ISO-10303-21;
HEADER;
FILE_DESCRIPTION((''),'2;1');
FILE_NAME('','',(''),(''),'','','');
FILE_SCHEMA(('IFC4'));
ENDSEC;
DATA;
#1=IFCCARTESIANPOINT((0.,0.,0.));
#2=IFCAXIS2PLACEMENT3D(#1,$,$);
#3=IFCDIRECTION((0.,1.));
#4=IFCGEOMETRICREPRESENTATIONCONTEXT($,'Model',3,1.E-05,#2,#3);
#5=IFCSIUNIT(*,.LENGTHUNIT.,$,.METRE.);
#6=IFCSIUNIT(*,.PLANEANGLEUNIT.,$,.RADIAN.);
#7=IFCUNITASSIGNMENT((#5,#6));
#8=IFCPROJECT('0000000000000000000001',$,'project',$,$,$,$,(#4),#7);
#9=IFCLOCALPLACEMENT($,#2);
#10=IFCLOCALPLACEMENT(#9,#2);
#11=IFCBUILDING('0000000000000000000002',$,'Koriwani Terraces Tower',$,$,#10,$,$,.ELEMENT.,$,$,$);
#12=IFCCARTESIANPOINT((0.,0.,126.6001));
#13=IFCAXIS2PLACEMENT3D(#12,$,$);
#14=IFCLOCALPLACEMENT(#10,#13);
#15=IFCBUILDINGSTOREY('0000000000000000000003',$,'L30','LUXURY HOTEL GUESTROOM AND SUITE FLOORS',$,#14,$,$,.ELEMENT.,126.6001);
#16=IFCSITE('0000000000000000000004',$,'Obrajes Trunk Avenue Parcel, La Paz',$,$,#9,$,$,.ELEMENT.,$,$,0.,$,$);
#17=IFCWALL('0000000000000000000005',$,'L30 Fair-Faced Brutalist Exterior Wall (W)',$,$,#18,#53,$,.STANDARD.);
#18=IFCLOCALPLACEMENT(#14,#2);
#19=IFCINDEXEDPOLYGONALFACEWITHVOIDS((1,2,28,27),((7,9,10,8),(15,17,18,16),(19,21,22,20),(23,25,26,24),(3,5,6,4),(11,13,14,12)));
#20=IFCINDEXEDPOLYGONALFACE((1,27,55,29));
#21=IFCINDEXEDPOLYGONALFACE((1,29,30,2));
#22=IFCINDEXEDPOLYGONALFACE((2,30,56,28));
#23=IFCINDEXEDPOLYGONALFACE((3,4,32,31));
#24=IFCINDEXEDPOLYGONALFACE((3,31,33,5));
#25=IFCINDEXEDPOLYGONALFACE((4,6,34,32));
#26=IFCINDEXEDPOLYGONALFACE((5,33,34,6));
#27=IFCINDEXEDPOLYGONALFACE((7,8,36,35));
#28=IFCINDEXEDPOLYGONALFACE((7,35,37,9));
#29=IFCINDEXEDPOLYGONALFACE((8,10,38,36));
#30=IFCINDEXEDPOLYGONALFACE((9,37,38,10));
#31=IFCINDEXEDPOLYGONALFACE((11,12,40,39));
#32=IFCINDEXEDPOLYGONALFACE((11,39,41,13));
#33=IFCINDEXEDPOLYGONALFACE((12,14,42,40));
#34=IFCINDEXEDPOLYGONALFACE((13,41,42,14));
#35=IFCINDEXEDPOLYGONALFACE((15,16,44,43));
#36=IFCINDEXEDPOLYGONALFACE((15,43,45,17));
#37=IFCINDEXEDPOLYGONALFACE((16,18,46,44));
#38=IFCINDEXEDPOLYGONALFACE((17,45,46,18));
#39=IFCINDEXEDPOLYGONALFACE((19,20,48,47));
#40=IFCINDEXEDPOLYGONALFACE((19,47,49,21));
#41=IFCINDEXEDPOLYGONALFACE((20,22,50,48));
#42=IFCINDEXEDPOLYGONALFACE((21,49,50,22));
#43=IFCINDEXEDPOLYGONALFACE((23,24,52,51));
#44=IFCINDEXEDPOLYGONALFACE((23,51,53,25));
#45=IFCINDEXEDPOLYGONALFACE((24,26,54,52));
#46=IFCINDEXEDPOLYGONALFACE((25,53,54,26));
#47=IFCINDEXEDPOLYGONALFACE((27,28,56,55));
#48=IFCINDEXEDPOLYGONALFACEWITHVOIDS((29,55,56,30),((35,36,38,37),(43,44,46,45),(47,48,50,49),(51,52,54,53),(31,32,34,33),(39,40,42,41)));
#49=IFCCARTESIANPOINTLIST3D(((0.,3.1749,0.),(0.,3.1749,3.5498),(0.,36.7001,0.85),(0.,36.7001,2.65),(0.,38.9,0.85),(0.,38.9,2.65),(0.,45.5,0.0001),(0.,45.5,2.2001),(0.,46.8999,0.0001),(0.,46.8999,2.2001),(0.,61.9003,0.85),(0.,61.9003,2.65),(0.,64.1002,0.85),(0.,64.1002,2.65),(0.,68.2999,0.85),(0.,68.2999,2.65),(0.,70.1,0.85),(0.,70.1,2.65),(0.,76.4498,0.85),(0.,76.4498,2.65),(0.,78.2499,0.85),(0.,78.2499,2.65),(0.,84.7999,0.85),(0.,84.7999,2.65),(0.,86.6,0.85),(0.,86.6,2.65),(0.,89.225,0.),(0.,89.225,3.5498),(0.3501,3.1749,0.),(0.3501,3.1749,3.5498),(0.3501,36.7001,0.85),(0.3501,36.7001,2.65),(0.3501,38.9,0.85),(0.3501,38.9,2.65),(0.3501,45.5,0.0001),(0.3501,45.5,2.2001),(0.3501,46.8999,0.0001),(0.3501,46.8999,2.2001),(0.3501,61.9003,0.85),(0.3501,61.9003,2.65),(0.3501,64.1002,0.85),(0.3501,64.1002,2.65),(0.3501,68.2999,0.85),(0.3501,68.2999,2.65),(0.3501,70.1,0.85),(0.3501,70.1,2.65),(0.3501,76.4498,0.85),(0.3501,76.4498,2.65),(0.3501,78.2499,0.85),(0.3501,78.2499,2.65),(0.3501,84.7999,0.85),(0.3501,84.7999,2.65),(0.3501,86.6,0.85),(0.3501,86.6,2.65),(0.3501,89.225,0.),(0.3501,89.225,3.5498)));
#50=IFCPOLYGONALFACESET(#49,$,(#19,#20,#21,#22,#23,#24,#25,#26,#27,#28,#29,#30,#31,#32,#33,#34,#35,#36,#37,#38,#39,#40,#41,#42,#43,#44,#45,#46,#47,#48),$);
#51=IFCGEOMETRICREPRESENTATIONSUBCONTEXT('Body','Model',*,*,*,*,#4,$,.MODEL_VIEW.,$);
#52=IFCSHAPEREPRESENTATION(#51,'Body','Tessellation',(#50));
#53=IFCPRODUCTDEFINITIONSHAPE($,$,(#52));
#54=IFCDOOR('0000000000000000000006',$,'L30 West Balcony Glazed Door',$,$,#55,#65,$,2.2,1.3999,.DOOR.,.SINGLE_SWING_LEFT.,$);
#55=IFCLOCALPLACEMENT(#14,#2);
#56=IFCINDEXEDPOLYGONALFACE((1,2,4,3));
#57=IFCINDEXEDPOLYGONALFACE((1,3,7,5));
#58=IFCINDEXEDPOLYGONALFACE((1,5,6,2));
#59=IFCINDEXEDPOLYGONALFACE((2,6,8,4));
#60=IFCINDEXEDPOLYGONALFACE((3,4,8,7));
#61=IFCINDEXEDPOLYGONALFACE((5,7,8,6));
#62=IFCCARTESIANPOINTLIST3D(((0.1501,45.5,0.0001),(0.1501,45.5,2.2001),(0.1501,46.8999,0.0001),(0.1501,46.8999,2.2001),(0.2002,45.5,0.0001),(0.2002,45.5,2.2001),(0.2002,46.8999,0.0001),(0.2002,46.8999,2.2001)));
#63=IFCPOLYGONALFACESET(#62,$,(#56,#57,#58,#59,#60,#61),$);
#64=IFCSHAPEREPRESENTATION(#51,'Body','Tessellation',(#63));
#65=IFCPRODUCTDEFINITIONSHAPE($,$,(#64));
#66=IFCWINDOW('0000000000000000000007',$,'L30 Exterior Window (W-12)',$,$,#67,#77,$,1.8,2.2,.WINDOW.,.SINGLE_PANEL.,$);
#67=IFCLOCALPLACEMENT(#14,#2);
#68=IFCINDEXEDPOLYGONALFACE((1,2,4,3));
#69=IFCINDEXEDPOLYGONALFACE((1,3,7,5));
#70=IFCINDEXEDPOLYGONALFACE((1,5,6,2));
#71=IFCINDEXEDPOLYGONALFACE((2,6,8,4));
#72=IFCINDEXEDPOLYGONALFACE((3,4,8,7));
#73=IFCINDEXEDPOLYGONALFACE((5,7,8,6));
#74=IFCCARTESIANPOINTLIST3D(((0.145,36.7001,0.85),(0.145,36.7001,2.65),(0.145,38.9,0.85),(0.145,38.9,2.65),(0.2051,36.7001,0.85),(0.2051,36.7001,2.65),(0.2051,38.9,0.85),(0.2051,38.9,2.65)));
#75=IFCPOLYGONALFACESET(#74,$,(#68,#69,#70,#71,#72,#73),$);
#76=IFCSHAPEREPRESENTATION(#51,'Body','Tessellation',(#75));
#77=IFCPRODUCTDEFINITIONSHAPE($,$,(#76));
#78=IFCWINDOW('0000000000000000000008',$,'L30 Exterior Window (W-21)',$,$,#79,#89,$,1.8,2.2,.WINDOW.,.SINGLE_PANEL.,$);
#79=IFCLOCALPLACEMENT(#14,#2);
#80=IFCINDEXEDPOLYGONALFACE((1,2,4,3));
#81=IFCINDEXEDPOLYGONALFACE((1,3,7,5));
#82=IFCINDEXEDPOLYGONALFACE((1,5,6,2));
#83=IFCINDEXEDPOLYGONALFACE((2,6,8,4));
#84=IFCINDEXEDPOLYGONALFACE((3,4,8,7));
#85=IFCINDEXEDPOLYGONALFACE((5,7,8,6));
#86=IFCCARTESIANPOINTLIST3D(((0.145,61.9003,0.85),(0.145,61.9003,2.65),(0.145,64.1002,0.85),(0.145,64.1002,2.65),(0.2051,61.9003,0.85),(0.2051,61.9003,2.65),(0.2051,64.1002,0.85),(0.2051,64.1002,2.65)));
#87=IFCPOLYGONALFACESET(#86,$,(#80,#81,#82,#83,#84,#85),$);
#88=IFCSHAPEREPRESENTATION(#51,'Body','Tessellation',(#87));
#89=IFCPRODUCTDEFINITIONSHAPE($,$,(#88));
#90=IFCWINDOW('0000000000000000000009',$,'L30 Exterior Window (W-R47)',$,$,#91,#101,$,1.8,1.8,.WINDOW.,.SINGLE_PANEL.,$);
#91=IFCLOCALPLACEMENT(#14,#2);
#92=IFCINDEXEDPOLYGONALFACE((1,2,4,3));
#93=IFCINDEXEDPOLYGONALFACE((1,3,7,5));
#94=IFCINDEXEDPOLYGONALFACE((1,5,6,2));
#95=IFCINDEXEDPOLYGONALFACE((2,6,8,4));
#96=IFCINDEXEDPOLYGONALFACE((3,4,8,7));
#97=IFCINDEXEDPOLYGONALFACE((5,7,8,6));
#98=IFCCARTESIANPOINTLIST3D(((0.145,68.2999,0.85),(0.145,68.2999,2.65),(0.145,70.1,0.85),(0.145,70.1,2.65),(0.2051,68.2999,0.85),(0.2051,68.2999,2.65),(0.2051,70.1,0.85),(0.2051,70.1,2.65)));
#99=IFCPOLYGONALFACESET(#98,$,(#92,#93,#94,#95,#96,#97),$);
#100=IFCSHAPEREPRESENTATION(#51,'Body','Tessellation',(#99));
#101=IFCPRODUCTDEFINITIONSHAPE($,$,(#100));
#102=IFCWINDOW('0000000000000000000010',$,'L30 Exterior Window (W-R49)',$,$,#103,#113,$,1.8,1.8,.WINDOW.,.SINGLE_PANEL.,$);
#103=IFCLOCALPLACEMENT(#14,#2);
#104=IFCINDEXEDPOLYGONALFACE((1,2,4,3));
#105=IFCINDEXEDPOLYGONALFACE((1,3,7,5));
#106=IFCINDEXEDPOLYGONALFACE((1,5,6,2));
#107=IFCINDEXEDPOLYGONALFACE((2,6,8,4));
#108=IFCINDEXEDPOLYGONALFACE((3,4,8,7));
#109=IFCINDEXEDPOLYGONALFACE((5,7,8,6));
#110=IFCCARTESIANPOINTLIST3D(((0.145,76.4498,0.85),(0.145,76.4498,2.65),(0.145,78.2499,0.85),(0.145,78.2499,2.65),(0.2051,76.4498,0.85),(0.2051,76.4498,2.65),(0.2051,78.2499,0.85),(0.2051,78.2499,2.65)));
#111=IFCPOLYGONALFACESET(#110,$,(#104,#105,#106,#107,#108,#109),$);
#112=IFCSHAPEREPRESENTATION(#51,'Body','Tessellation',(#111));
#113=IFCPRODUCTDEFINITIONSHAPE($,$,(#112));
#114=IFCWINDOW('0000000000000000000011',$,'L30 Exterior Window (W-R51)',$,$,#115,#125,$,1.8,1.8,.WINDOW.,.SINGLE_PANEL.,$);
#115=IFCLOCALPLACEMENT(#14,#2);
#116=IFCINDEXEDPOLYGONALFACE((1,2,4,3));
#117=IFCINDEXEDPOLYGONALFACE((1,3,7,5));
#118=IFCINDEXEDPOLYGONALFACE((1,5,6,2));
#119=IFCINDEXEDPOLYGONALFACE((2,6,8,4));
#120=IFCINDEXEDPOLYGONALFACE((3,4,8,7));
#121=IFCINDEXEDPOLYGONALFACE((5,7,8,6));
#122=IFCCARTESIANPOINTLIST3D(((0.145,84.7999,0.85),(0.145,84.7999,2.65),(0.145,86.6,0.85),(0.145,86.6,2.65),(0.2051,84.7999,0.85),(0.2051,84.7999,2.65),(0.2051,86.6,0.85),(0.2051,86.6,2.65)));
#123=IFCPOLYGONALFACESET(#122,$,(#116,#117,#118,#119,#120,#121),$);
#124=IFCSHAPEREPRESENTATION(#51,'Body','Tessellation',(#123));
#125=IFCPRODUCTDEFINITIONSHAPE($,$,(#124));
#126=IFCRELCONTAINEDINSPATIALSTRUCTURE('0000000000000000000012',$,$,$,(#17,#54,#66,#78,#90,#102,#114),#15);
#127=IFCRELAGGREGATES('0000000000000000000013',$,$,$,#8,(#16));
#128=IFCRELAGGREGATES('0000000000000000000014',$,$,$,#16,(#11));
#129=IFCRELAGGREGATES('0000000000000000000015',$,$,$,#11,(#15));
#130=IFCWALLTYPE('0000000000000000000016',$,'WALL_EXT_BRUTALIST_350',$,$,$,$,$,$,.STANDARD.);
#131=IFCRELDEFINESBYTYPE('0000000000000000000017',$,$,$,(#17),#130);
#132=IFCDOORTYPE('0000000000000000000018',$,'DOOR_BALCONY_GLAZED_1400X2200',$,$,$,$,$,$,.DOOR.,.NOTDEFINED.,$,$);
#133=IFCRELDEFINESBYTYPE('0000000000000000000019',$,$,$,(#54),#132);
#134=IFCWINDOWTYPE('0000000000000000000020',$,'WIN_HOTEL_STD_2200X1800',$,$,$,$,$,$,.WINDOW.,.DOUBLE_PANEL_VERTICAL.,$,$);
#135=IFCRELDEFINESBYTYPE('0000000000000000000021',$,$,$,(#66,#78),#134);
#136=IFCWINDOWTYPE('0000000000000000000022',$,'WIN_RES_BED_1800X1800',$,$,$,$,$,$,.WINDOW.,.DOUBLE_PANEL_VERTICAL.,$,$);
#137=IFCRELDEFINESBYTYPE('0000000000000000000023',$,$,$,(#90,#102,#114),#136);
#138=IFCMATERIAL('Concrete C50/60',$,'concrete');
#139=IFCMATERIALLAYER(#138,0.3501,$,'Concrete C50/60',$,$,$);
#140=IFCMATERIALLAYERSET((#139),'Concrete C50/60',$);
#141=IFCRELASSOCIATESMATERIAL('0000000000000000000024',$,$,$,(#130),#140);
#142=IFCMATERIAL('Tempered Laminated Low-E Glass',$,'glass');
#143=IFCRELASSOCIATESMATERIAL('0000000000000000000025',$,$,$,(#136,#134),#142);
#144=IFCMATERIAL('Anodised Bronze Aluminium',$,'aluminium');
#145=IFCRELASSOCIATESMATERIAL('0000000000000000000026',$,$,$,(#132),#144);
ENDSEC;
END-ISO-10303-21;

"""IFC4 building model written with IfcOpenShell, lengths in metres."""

from ifc_helpers import new_model, si_unit, direction, frame, frame_2d, origin, place, context, subcontext, project, spatial, rectangle, extrude, material, layer, layer_set, type_object, element, fill, save


model = new_model("IFC4")

# Units and contexts
model_context = context("Model", 3, precision=1e-05, world=origin(), true_north=direction((0.0, 1.0)))
body_context = subcontext(model_context, "Body", "Model", "MODEL_VIEW")
ifc_project = project(units=[si_unit("LENGTHUNIT", "METRE"), si_unit("PLANEANGLEUNIT", "RADIAN")], contexts=[model_context])

# Site, building, storey
site_placement = place(None, origin())
site = spatial("IfcSite", under=ifc_project, at=site_placement, Name="Obrajes Trunk Avenue Parcel, La Paz", CompositionType="ELEMENT", RefElevation=0.0)
building_placement = place(site_placement, origin())
building = spatial("IfcBuilding", under=site, at=building_placement, Name="Koriwani Terraces Tower", CompositionType="ELEMENT")
storey_placement = place(building_placement, frame((0.0, 0.0, 126.6001)))
storey = spatial("IfcBuildingStorey", under=building, at=storey_placement, Name="L30", Description="LUXURY HOTEL GUESTROOM AND SUITE FLOORS", CompositionType="ELEMENT", Elevation=126.6001)

# Shared definitions
ifc_material_1 = material(Name="Concrete C50/60", Category="concrete")

# Shared definitions
ifc_layer_1 = layer(ifc_material_1, 0.3501, Name="Concrete C50/60")
ifc_layer_set_1 = layer_set([ifc_layer_1], Name="Concrete C50/60")
wall_type = type_object("IfcWallType", Name="WALL_EXT_BRUTALIST_350", PredefinedType="STANDARD", material=ifc_layer_set_1)
ifc_material_2 = material(Name="Tempered Laminated Low-E Glass", Category="glass")
window_type_1 = type_object("IfcWindowType", Name="WIN_RES_BED_1800X1800", PartitioningType="DOUBLE_PANEL_VERTICAL", PredefinedType="WINDOW", material=ifc_material_2)

# Wall, openings, door, windows
wall_1_placement = place(storey_placement, frame((0.175, 3.175, 0.0), z_axis=(0.0, 0.0, 1.0), x_axis=(0.0, 1.0, 0.0)))
wall_1 = element("IfcWall", 1, at=wall_1_placement, inside=storey, type_object=wall_type, Name="L30 Fair-Faced Brutalist Exterior Wall (W)", PredefinedType="STANDARD", context=body_context, shape_type="SweptSolid", body=[
    extrude(rectangle(XDim=86.05, YDim=0.3501, at=frame_2d((43.0249, 0.0))), origin(), (0.0, 0.0, 1.0), 3.5498),
])
opening_1_placement = place(wall_1_placement, frame((42.325, 0.0, 0.0)))
opening_1 = element("IfcOpeningElement", 2, at=opening_1_placement, cuts=wall_1, PredefinedType="OPENING", context=body_context, shape_type="SweptSolid", body=[
    extrude(rectangle(XDim=1.3999, YDim=2.2, at=frame_2d((0.7, 1.1001))), frame((0.0, 0.1851, 0.0), z_axis=(0.0, -1.0, 0.0), x_axis=(1.0, 0.0, 0.0)), (0.0, 0.0, 1.0), 0.3701),
])
opening_2_placement = place(wall_1_placement, frame((33.5249, 0.0, 0.8501)))
opening_2 = element("IfcOpeningElement", 3, at=opening_2_placement, cuts=wall_1, PredefinedType="OPENING", context=body_context, shape_type="SweptSolid", body=[
    extrude(rectangle(XDim=2.2, YDim=1.8, at=frame_2d((1.1001, 0.8999))), frame((0.0, 0.1851, 0.0), z_axis=(0.0, -1.0, 0.0), x_axis=(1.0, 0.0, 0.0)), (0.0, 0.0, 1.0), 0.3701),
])
opening_3_placement = place(wall_1_placement, frame((58.7251, 0.0, 0.8501)))
opening_3 = element("IfcOpeningElement", 4, at=opening_3_placement, cuts=wall_1, PredefinedType="OPENING", context=body_context, shape_type="SweptSolid", body=[
    extrude(rectangle(XDim=2.2, YDim=1.8, at=frame_2d((1.1001, 0.8999))), frame((0.0, 0.1851, 0.0), z_axis=(0.0, -1.0, 0.0), x_axis=(1.0, 0.0, 0.0)), (0.0, 0.0, 1.0), 0.3701),
])
opening_4_placement = place(wall_1_placement, frame((65.125, 0.0, 0.8501)))
opening_4 = element("IfcOpeningElement", 5, at=opening_4_placement, cuts=wall_1, PredefinedType="OPENING", context=body_context, shape_type="SweptSolid", body=[
    extrude(rectangle(XDim=1.8, YDim=1.8, at=frame_2d((0.8999, 0.8999))), frame((0.0, 0.1851, 0.0), z_axis=(0.0, -1.0, 0.0), x_axis=(1.0, 0.0, 0.0)), (0.0, 0.0, 1.0), 0.3701),
])
opening_5_placement = place(wall_1_placement, frame((73.2749, 0.0, 0.8501)))
opening_5 = element("IfcOpeningElement", 6, at=opening_5_placement, cuts=wall_1, PredefinedType="OPENING", context=body_context, shape_type="SweptSolid", body=[
    extrude(rectangle(XDim=1.8, YDim=1.8, at=frame_2d((0.8999, 0.8999))), frame((0.0, 0.1851, 0.0), z_axis=(0.0, -1.0, 0.0), x_axis=(1.0, 0.0, 0.0)), (0.0, 0.0, 1.0), 0.3701),
])
opening_6_placement = place(wall_1_placement, frame((81.625, 0.0, 0.8501)))
opening_6 = element("IfcOpeningElement", 7, at=opening_6_placement, cuts=wall_1, PredefinedType="OPENING", context=body_context, shape_type="SweptSolid", body=[
    extrude(rectangle(XDim=1.8, YDim=1.8, at=frame_2d((0.8999, 0.8999))), frame((0.0, 0.1851, 0.0), z_axis=(0.0, -1.0, 0.0), x_axis=(1.0, 0.0, 0.0)), (0.0, 0.0, 1.0), 0.3701),
])
ifc_material_3 = material(Name="Anodised Bronze Aluminium", Category="aluminium")
door_type = type_object("IfcDoorType", Name="DOOR_BALCONY_GLAZED_1400X2200", OperationType="NOTDEFINED", PredefinedType="DOOR", material=ifc_material_3)
door_placement = place(opening_1_placement, origin())
door = element("IfcDoor", 8, at=door_placement, inside=storey, type_object=door_type, Name="L30 West Balcony Glazed Door", OperationType="SINGLE_SWING_LEFT", OverallHeight=2.2, OverallWidth=1.3999, PredefinedType="DOOR", context=body_context, shape_type="SweptSolid", body=[
    extrude(rectangle(XDim=1.3999, YDim=2.2, at=frame_2d((0.7, 1.1001))), frame((0.0, 0.0249, 0.0), z_axis=(0.0, -1.0, 0.0), x_axis=(1.0, 0.0, 0.0)), (0.0, 0.0, 1.0), 0.05),
])
fill(opening_1, door)
window_type_2 = type_object("IfcWindowType", Name="WIN_HOTEL_STD_2200X1800", PartitioningType="DOUBLE_PANEL_VERTICAL", PredefinedType="WINDOW", material=ifc_material_2)
window_1_placement = place(opening_2_placement, origin())
window_1 = element("IfcWindow", 9, at=window_1_placement, inside=storey, type_object=window_type_2, Name="L30 Exterior Window (W-12)", OverallHeight=1.8, OverallWidth=2.2, PartitioningType="SINGLE_PANEL", PredefinedType="WINDOW", context=body_context, shape_type="SweptSolid", body=[
    extrude(rectangle(XDim=2.2, YDim=1.8, at=frame_2d((1.1001, 0.8999))), frame((0.0, 0.03, 0.0), z_axis=(0.0, -1.0, 0.0), x_axis=(1.0, 0.0, 0.0)), (0.0, 0.0, 1.0), 0.0601),
])
fill(opening_2, window_1)
window_2_placement = place(opening_3_placement, origin())
window_2 = element("IfcWindow", 10, at=window_2_placement, inside=storey, type_object=window_type_2, Name="L30 Exterior Window (W-21)", OverallHeight=1.8, OverallWidth=2.2, PartitioningType="SINGLE_PANEL", PredefinedType="WINDOW", context=body_context, shape_type="SweptSolid", body=[
    extrude(rectangle(XDim=2.2, YDim=1.8, at=frame_2d((1.1001, 0.8999))), frame((0.0, 0.03, 0.0), z_axis=(0.0, -1.0, 0.0), x_axis=(1.0, 0.0, 0.0)), (0.0, 0.0, 1.0), 0.0601),
])
fill(opening_3, window_2)
window_3_placement = place(opening_4_placement, origin())
window_3 = element("IfcWindow", 11, at=window_3_placement, inside=storey, type_object=window_type_1, Name="L30 Exterior Window (W-R47)", OverallHeight=1.8, OverallWidth=1.8, PartitioningType="SINGLE_PANEL", PredefinedType="WINDOW", context=body_context, shape_type="SweptSolid", body=[
    extrude(rectangle(XDim=1.8, YDim=1.8, at=frame_2d((0.8999, 0.8999))), frame((0.0, 0.03, 0.0), z_axis=(0.0, -1.0, 0.0), x_axis=(1.0, 0.0, 0.0)), (0.0, 0.0, 1.0), 0.0601),
])
fill(opening_4, window_3)
window_4_placement = place(opening_5_placement, origin())
window_4 = element("IfcWindow", 12, at=window_4_placement, inside=storey, type_object=window_type_1, Name="L30 Exterior Window (W-R49)", OverallHeight=1.8, OverallWidth=1.8, PartitioningType="SINGLE_PANEL", PredefinedType="WINDOW", context=body_context, shape_type="SweptSolid", body=[
    extrude(rectangle(XDim=1.8, YDim=1.8, at=frame_2d((0.8999, 0.8999))), frame((0.0, 0.03, 0.0), z_axis=(0.0, -1.0, 0.0), x_axis=(1.0, 0.0, 0.0)), (0.0, 0.0, 1.0), 0.0601),
])
fill(opening_5, window_4)
window_5_placement = place(opening_6_placement, origin())
window_5 = element("IfcWindow", 13, at=window_5_placement, inside=storey, type_object=window_type_1, Name="L30 Exterior Window (W-R51)", OverallHeight=1.8, OverallWidth=1.8, PartitioningType="SINGLE_PANEL", PredefinedType="WINDOW", context=body_context, shape_type="SweptSolid", body=[
    extrude(rectangle(XDim=1.8, YDim=1.8, at=frame_2d((0.8999, 0.8999))), frame((0.0, 0.03, 0.0), z_axis=(0.0, -1.0, 0.0), x_axis=(1.0, 0.0, 0.0)), (0.0, 0.0, 1.0), 0.0601),
])
fill(opening_6, window_5)

save(model, "model.ifc")
